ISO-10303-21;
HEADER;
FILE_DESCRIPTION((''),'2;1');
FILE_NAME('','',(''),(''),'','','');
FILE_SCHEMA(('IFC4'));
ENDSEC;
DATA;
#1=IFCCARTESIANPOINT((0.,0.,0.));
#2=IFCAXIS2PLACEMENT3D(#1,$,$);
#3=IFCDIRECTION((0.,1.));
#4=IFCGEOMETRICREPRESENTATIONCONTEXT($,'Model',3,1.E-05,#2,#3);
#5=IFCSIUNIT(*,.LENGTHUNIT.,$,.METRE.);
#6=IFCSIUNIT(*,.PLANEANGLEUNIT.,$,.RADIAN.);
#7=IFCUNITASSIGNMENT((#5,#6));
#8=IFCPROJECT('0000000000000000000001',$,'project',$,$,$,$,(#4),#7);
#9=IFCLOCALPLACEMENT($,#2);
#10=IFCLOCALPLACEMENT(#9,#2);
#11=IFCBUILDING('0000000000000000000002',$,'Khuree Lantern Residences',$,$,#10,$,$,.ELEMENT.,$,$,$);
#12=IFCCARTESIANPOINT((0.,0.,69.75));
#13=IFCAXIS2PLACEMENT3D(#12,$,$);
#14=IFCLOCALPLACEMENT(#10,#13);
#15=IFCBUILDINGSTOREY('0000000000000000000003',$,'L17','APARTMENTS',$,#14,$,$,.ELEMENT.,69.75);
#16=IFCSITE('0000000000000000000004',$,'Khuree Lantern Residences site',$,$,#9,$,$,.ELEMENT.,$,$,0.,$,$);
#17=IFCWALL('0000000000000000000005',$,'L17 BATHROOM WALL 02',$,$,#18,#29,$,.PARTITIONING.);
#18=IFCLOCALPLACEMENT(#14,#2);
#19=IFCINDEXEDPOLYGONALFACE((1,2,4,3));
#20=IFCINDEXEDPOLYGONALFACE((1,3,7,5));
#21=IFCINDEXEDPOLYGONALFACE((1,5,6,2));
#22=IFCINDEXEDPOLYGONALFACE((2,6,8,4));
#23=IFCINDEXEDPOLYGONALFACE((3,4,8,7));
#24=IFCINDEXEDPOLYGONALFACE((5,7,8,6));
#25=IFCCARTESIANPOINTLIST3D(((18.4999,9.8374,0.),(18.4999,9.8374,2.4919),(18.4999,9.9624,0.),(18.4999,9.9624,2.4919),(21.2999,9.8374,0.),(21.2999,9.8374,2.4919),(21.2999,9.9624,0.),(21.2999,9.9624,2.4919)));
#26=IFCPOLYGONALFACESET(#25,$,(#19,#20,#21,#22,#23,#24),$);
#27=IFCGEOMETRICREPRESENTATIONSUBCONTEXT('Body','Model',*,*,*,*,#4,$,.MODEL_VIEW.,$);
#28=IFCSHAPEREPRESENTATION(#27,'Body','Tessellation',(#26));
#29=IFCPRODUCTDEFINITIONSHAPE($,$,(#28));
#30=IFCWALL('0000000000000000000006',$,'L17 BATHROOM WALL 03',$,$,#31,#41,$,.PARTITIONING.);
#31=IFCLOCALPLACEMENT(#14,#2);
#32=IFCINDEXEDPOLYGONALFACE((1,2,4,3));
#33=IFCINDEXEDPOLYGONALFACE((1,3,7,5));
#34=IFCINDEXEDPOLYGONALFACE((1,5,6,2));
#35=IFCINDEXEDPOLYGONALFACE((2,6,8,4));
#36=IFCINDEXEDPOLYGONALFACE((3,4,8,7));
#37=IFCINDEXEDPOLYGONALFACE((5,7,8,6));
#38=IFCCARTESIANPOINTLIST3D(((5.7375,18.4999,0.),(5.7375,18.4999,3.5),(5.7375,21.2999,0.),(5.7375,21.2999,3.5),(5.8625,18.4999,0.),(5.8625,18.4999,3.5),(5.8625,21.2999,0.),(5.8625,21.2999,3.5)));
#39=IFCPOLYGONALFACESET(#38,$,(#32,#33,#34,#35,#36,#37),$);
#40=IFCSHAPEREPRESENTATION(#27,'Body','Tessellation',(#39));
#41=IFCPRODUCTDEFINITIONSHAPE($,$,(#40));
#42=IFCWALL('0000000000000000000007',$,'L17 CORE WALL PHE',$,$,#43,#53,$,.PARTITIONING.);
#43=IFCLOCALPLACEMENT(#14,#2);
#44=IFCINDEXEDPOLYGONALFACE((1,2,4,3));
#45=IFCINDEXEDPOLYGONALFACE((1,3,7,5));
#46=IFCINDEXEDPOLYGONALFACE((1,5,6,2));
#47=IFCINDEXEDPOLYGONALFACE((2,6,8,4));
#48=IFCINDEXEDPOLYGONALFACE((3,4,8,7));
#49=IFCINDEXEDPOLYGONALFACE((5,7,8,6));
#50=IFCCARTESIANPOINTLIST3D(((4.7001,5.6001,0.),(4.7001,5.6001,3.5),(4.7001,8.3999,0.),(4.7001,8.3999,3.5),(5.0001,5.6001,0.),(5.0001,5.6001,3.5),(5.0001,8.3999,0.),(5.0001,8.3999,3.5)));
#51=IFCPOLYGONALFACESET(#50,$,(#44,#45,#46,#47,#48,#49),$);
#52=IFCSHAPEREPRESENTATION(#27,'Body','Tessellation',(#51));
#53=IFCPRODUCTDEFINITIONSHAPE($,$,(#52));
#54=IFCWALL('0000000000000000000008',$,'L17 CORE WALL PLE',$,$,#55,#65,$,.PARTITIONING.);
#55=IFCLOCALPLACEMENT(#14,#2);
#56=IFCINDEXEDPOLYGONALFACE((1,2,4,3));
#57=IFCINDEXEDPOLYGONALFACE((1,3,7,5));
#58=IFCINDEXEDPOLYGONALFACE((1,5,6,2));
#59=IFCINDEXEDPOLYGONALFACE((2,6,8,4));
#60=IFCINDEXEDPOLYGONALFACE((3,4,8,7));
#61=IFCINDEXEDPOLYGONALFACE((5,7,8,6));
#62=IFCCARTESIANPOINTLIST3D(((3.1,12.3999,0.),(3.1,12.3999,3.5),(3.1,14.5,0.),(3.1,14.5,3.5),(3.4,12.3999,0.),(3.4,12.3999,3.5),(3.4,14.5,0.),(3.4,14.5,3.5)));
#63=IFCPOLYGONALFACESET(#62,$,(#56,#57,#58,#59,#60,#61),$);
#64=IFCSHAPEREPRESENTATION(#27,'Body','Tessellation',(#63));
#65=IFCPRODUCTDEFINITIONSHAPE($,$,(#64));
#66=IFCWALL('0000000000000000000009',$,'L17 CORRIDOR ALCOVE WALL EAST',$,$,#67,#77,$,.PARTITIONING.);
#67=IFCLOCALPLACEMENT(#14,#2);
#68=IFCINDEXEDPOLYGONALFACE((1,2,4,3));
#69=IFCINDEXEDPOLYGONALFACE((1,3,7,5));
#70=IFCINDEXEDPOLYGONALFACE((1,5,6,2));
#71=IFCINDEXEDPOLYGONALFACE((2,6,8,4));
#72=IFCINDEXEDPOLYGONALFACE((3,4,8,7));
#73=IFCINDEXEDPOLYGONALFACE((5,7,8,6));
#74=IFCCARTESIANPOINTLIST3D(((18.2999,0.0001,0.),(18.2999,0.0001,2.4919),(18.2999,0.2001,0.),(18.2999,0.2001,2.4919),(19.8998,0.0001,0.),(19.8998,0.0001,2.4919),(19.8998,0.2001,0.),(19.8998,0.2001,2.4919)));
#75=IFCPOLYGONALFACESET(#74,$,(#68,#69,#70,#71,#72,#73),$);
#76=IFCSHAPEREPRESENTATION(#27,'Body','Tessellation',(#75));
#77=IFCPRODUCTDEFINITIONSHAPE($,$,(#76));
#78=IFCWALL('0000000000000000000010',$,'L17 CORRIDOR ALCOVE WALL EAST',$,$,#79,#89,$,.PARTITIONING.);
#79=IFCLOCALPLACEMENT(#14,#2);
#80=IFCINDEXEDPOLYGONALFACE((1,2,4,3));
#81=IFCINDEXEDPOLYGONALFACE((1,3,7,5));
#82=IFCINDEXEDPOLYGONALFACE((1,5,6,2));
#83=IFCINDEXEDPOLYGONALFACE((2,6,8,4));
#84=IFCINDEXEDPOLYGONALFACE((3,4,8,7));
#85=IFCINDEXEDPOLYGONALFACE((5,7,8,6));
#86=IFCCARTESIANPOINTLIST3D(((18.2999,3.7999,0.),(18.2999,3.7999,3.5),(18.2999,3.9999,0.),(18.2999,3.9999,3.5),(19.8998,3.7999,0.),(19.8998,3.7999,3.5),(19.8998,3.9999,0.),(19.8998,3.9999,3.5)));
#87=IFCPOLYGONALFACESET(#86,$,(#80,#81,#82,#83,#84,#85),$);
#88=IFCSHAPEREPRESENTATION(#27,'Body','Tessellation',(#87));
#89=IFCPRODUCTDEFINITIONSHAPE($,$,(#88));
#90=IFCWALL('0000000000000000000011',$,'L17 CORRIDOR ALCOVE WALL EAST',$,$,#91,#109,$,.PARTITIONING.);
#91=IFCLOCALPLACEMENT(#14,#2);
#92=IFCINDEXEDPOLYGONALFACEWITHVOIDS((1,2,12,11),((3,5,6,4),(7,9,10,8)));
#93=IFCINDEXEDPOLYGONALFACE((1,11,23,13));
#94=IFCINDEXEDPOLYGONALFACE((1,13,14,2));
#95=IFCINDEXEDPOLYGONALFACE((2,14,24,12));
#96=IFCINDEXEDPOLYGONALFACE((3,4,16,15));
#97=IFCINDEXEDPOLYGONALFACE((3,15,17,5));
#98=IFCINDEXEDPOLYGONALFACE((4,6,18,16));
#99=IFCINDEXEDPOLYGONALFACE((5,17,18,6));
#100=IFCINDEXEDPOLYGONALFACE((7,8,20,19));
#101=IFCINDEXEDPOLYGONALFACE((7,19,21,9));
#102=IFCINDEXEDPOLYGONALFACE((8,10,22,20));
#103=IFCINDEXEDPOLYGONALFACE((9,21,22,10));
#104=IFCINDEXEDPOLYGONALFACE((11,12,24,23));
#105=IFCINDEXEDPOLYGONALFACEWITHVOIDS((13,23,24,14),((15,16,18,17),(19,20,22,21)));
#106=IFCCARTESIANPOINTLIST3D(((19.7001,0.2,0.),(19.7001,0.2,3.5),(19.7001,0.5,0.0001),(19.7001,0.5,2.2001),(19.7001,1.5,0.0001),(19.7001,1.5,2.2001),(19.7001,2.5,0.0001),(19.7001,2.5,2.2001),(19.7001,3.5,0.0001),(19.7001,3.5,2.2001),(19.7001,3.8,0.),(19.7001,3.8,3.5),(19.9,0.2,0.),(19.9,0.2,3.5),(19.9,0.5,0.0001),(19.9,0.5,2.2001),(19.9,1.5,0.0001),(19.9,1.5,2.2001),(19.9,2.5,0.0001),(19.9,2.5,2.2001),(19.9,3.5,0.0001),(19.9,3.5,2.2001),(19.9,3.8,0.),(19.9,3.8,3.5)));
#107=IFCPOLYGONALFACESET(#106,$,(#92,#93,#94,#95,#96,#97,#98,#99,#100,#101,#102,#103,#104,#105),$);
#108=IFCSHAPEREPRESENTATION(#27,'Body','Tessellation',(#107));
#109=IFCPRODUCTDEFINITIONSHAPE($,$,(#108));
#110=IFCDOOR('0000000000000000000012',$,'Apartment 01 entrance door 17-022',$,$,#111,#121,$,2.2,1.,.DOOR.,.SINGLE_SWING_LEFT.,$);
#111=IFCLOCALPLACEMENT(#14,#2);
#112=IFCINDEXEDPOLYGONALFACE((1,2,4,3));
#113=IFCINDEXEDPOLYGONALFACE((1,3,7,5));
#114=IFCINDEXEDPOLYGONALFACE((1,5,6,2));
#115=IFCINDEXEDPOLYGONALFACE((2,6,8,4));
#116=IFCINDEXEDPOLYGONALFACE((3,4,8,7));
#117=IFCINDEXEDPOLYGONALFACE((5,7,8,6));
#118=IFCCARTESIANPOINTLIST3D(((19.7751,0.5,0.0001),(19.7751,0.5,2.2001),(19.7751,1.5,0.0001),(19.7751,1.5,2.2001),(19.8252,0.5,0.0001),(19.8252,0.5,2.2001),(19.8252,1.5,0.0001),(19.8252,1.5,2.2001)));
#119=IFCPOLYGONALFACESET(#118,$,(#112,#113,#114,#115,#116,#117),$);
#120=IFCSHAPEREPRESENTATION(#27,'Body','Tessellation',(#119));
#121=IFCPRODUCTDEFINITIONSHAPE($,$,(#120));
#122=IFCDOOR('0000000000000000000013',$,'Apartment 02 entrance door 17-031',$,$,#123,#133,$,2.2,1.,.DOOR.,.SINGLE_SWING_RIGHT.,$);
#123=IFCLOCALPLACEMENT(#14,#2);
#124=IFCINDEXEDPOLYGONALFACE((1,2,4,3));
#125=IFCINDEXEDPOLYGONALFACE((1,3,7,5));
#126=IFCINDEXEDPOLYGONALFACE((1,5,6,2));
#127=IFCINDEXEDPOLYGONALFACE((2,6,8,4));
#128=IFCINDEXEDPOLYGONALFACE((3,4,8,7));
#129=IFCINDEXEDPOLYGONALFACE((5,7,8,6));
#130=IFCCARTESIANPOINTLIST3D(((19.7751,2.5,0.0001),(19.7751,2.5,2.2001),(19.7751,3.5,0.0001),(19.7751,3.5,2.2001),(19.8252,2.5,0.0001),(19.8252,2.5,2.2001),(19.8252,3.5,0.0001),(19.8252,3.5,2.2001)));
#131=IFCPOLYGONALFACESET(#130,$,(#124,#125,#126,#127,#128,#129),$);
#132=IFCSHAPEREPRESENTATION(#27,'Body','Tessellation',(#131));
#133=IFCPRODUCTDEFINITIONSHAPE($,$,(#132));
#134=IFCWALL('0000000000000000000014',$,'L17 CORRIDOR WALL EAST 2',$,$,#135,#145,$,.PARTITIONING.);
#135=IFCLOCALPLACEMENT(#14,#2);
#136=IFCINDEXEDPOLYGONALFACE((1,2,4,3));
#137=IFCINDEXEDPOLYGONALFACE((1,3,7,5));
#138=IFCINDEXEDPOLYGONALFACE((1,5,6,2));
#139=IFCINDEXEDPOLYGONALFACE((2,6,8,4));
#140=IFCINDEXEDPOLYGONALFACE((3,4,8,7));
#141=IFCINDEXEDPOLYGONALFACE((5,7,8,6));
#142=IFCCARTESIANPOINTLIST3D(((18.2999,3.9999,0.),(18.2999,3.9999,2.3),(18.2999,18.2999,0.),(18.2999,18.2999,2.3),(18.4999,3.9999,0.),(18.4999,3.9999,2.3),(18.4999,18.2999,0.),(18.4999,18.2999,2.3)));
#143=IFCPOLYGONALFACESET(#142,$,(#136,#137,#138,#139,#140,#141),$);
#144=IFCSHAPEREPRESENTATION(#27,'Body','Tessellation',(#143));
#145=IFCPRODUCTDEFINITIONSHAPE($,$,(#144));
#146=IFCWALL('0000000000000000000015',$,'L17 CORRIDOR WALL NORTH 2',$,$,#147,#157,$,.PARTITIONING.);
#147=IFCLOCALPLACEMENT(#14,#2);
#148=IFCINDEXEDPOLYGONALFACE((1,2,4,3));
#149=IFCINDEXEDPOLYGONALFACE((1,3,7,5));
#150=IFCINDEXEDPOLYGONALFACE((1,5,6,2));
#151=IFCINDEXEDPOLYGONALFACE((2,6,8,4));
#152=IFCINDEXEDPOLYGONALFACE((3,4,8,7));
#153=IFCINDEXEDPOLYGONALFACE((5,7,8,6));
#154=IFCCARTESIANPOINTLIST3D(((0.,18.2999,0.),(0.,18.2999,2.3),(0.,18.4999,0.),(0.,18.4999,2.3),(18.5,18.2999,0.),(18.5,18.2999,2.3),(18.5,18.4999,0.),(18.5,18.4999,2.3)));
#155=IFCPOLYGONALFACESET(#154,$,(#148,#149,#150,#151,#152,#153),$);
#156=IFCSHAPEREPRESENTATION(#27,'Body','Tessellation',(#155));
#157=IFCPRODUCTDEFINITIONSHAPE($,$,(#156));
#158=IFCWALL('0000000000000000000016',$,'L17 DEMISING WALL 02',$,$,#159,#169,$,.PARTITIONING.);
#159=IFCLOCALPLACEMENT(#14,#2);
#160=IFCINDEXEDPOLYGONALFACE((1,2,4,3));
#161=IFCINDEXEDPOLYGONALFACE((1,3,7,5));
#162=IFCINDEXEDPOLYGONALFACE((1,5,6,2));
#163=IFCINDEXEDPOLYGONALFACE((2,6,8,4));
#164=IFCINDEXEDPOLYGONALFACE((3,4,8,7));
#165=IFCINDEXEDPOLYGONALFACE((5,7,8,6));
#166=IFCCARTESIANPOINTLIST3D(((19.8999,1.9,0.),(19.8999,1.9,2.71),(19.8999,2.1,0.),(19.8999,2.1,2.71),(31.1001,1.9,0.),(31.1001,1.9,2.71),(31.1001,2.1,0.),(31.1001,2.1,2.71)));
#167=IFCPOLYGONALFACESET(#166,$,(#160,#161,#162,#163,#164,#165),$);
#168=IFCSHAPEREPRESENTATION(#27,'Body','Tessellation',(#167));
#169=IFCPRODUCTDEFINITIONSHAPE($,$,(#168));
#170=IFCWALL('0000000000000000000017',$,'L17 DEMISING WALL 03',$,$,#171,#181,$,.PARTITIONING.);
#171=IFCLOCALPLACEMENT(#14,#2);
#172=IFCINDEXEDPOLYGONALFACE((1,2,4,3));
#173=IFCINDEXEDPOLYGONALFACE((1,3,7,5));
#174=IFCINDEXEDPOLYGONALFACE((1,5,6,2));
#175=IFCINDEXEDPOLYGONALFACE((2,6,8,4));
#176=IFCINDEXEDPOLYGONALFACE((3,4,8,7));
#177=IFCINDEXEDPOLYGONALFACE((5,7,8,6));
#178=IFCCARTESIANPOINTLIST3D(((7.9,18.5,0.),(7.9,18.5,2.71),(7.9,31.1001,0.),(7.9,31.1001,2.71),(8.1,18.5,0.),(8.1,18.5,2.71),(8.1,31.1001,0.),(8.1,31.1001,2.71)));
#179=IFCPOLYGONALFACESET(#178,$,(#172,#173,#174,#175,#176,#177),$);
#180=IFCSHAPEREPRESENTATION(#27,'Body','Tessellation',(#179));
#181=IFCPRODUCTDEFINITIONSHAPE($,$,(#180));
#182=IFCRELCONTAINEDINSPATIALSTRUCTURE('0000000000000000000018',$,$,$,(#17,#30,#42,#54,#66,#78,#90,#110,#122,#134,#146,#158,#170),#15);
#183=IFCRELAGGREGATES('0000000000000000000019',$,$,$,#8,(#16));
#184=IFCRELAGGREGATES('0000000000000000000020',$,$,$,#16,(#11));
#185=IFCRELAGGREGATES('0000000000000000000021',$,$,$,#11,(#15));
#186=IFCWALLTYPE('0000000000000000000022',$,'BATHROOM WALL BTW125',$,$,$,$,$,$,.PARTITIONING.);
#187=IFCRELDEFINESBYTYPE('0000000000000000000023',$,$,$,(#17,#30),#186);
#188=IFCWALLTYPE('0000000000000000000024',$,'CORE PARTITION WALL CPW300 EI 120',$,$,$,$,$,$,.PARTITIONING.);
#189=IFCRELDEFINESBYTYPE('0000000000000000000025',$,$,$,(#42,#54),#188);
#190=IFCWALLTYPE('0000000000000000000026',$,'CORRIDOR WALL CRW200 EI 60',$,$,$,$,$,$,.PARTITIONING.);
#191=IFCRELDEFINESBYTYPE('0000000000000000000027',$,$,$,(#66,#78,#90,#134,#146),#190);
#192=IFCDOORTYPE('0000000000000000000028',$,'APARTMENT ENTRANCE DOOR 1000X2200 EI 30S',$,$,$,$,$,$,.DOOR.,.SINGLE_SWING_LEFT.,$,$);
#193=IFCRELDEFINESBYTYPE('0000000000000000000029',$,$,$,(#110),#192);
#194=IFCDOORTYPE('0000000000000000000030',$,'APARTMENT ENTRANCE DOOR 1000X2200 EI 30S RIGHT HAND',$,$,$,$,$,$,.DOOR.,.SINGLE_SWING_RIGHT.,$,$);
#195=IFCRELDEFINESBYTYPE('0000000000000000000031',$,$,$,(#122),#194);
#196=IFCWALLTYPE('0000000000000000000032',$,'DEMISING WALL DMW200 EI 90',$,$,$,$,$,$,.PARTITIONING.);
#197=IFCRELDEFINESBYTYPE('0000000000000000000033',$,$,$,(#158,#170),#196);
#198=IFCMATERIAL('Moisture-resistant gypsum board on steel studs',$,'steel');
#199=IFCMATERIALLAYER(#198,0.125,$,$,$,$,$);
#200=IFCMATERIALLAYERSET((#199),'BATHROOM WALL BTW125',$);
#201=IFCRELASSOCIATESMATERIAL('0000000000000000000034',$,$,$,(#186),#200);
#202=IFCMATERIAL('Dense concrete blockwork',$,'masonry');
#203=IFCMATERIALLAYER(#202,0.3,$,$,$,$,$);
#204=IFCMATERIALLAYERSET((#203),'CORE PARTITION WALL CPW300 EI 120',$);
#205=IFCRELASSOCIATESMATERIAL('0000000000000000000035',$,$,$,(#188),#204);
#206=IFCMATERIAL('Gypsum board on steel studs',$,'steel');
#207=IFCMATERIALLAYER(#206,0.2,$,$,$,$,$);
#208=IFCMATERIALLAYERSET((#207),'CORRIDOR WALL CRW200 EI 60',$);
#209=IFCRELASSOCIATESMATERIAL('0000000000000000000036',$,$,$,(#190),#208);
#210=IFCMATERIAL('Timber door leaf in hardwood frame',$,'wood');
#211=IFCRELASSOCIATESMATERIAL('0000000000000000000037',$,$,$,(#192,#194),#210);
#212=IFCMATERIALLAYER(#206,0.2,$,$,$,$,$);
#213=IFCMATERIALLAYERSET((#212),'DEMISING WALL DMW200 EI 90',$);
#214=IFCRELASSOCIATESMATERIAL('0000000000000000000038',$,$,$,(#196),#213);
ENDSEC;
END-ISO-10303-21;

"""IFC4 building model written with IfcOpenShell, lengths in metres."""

from ifc_helpers import new_model, si_unit, direction, frame, frame_2d, origin, place, context, subcontext, project, spatial, rectangle, extrude, material, layer, layer_set, type_object, element, fill, save


model = new_model("IFC4")

# Units and contexts
model_context = context("Model", 3, precision=1e-05, world=origin(), true_north=direction((0.0, 1.0)))
body_context = subcontext(model_context, "Body", "Model", "MODEL_VIEW")
ifc_project = project(units=[si_unit("LENGTHUNIT", "METRE"), si_unit("PLANEANGLEUNIT", "RADIAN")], contexts=[model_context])

# Site, building, storey
site_placement = place(None, origin())
site = spatial("IfcSite", under=ifc_project, at=site_placement, Name="Khuree Lantern Residences site", CompositionType="ELEMENT", RefElevation=0.0)
building_placement = place(site_placement, origin())
building = spatial("IfcBuilding", under=site, at=building_placement, Name="Khuree Lantern Residences", CompositionType="ELEMENT")
storey_placement = place(building_placement, frame((0.0, 0.0, 69.75)))
storey = spatial("IfcBuildingStorey", under=building, at=storey_placement, Name="L17", Description="APARTMENTS", CompositionType="ELEMENT", Elevation=69.75)

# Shared definitions
ifc_material_1 = material(Name="Moisture-resistant gypsum board on steel studs", Category="steel")
ifc_layer_1 = layer(ifc_material_1, 0.125)
ifc_layer_set_1 = layer_set([ifc_layer_1], Name="BATHROOM WALL BTW125")
wall_type_1 = type_object("IfcWallType", Name="BATHROOM WALL BTW125", PredefinedType="PARTITIONING", material=ifc_layer_set_1)
ifc_material_2 = material(Name="Timber door leaf in hardwood frame", Category="wood")

# Walls
wall_1_placement = place(storey_placement, frame((18.5, 9.8999, 0.0), z_axis=(0.0, 0.0, 1.0), x_axis=(1.0, 0.0, 0.0)))
element("IfcWall", 1, at=wall_1_placement, inside=storey, type_object=wall_type_1, Name="L17 BATHROOM WALL 02", PredefinedType="PARTITIONING", context=body_context, shape_type="SweptSolid", body=[
    extrude(rectangle(XDim=2.8, YDim=0.125, at=frame_2d((1.3999, 0.0))), origin(), (0.0, 0.0, 1.0), 2.4919),
])
wall_2_placement = place(storey_placement, frame((5.8, 18.5, 0.0), z_axis=(0.0, 0.0, 1.0), x_axis=(0.0, 1.0, 0.0)))
element("IfcWall", 2, at=wall_2_placement, inside=storey, type_object=wall_type_1, Name="L17 BATHROOM WALL 03", PredefinedType="PARTITIONING", context=body_context, shape_type="SweptSolid", body=[
    extrude(rectangle(XDim=2.8, YDim=0.125, at=frame_2d((1.3999, 0.0))), origin(), (0.0, 0.0, 1.0), 3.5),
])
ifc_material_3 = material(Name="Dense concrete blockwork", Category="masonry")
ifc_layer_2 = layer(ifc_material_3, 0.3)
ifc_layer_set_2 = layer_set([ifc_layer_2], Name="CORE PARTITION WALL CPW300 EI 120")
wall_type_2 = type_object("IfcWallType", Name="CORE PARTITION WALL CPW300 EI 120", PredefinedType="PARTITIONING", material=ifc_layer_set_2)
wall_3_placement = place(storey_placement, frame((4.8501, 5.6001, 0.0), z_axis=(0.0, 0.0, 1.0), x_axis=(0.0, 1.0, 0.0)))
element("IfcWall", 3, at=wall_3_placement, inside=storey, type_object=wall_type_2, Name="L17 CORE WALL PHE", PredefinedType="PARTITIONING", context=body_context, shape_type="SweptSolid", body=[
    extrude(rectangle(XDim=2.7998, YDim=0.3, at=frame_2d((1.3999, 0.0))), origin(), (0.0, 0.0, 1.0), 3.5),
])
wall_4_placement = place(storey_placement, frame((3.25, 12.3999, 0.0), z_axis=(0.0, 0.0, 1.0), x_axis=(0.0, 1.0, 0.0)))
element("IfcWall", 4, at=wall_4_placement, inside=storey, type_object=wall_type_2, Name="L17 CORE WALL PLE", PredefinedType="PARTITIONING", context=body_context, shape_type="SweptSolid", body=[
    extrude(rectangle(XDim=2.1001, YDim=0.3, at=frame_2d((1.05, 0.0))), origin(), (0.0, 0.0, 1.0), 3.5),
])
ifc_material_4 = material(Name="Gypsum board on steel studs", Category="steel")
ifc_layer_3 = layer(ifc_material_4, 0.2)
ifc_layer_set_3 = layer_set([ifc_layer_3], Name="CORRIDOR WALL CRW200 EI 60")
wall_type_3 = type_object("IfcWallType", Name="CORRIDOR WALL CRW200 EI 60", PredefinedType="PARTITIONING", material=ifc_layer_set_3)
wall_5_placement = place(storey_placement, frame((18.3, 0.1001, 0.0), z_axis=(0.0, 0.0, 1.0), x_axis=(1.0, 0.0, 0.0)))
element("IfcWall", 5, at=wall_5_placement, inside=storey, type_object=wall_type_3, Name="L17 CORRIDOR ALCOVE WALL EAST", PredefinedType="PARTITIONING", context=body_context, shape_type="SweptSolid", body=[
    extrude(rectangle(XDim=1.5999, YDim=0.2, at=frame_2d((0.7998, 0.0))), origin(), (0.0, 0.0, 1.0), 2.4919),
])
wall_6_placement = place(storey_placement, frame((18.3, 3.8999, 0.0), z_axis=(0.0, 0.0, 1.0), x_axis=(1.0, 0.0, 0.0)))
element("IfcWall", 6, at=wall_6_placement, inside=storey, type_object=wall_type_3, Name="L17 CORRIDOR ALCOVE WALL EAST", PredefinedType="PARTITIONING", context=body_context, shape_type="SweptSolid", body=[
    extrude(rectangle(XDim=1.5999, YDim=0.2, at=frame_2d((0.7998, 0.0))), origin(), (0.0, 0.0, 1.0), 3.5),
])

# Wall, openings, doors
wall_7_placement = place(storey_placement, frame((19.8, 0.2, 0.0), z_axis=(0.0, 0.0, 1.0), x_axis=(0.0, 1.0, 0.0)))
wall_7 = element("IfcWall", 7, at=wall_7_placement, inside=storey, type_object=wall_type_3, Name="L17 CORRIDOR ALCOVE WALL EAST", PredefinedType="PARTITIONING", context=body_context, shape_type="SweptSolid", body=[
    extrude(rectangle(XDim=3.6001, YDim=0.2, at=frame_2d((1.8, 0.0))), origin(), (0.0, 0.0, 1.0), 3.5),
])
opening_1_placement = place(wall_7_placement, frame((0.3, 0.0, 0.0)))
opening_1 = element("IfcOpeningElement", 8, at=opening_1_placement, cuts=wall_7, PredefinedType="OPENING", context=body_context, shape_type="SweptSolid", body=[
    extrude(rectangle(XDim=1.0, YDim=2.2, at=frame_2d((0.5, 1.1001))), frame((0.0, 0.1099, 0.0), z_axis=(0.0, -1.0, 0.0), x_axis=(1.0, 0.0, 0.0)), (0.0, 0.0, 1.0), 0.22),
])
opening_2_placement = place(wall_7_placement, frame((2.3, 0.0, 0.0)))
opening_2 = element("IfcOpeningElement", 9, at=opening_2_placement, cuts=wall_7, PredefinedType="OPENING", context=body_context, shape_type="SweptSolid", body=[
    extrude(rectangle(XDim=1.0, YDim=2.2, at=frame_2d((0.5, 1.1001))), frame((0.0, 0.1099, 0.0), z_axis=(0.0, -1.0, 0.0), x_axis=(1.0, 0.0, 0.0)), (0.0, 0.0, 1.0), 0.22),
])
door_type_1 = type_object("IfcDoorType", Name="APARTMENT ENTRANCE DOOR 1000X2200 EI 30S", OperationType="SINGLE_SWING_LEFT", PredefinedType="DOOR", material=ifc_material_2)
door_1_placement = place(opening_1_placement, origin())
door_1 = element("IfcDoor", 10, at=door_1_placement, inside=storey, type_object=door_type_1, Name="Apartment 01 entrance door 17-022", OperationType="SINGLE_SWING_LEFT", OverallHeight=2.2, OverallWidth=1.0, PredefinedType="DOOR", context=body_context, shape_type="SweptSolid", body=[
    extrude(rectangle(XDim=1.0, YDim=2.2, at=frame_2d((0.5, 1.1001))), frame((0.0, 0.0249, 0.0), z_axis=(0.0, -1.0, 0.0), x_axis=(1.0, 0.0, 0.0)), (0.0, 0.0, 1.0), 0.05),
])
fill(opening_1, door_1)
door_type_2 = type_object("IfcDoorType", Name="APARTMENT ENTRANCE DOOR 1000X2200 EI 30S RIGHT HAND", OperationType="SINGLE_SWING_RIGHT", PredefinedType="DOOR", material=ifc_material_2)
door_2_placement = place(opening_2_placement, origin())
door_2 = element("IfcDoor", 11, at=door_2_placement, inside=storey, type_object=door_type_2, Name="Apartment 02 entrance door 17-031", OperationType="SINGLE_SWING_RIGHT", OverallHeight=2.2, OverallWidth=1.0, PredefinedType="DOOR", context=body_context, shape_type="SweptSolid", body=[
    extrude(rectangle(XDim=1.0, YDim=2.2, at=frame_2d((0.5, 1.1001))), frame((0.0, 0.0249, 0.0), z_axis=(0.0, -1.0, 0.0), x_axis=(1.0, 0.0, 0.0)), (0.0, 0.0, 1.0), 0.05),
])
fill(opening_2, door_2)

# Walls
wall_8_placement = place(storey_placement, frame((18.3999, 4.0, 0.0), z_axis=(0.0, 0.0, 1.0), x_axis=(0.0, 1.0, 0.0)))
element("IfcWall", 12, at=wall_8_placement, inside=storey, type_object=wall_type_3, Name="L17 CORRIDOR WALL EAST 2", PredefinedType="PARTITIONING", context=body_context, shape_type="SweptSolid", body=[
    extrude(rectangle(XDim=14.3, YDim=0.2, at=frame_2d((7.1499, 0.0))), origin(), (0.0, 0.0, 1.0), 2.3),
])
wall_9_placement = place(storey_placement, frame((0.0, 18.3999, 0.0), z_axis=(0.0, 0.0, 1.0), x_axis=(1.0, 0.0, 0.0)))
element("IfcWall", 13, at=wall_9_placement, inside=storey, type_object=wall_type_3, Name="L17 CORRIDOR WALL NORTH 2", PredefinedType="PARTITIONING", context=body_context, shape_type="SweptSolid", body=[
    extrude(rectangle(XDim=18.5, YDim=0.2, at=frame_2d((9.25, 0.0))), origin(), (0.0, 0.0, 1.0), 2.3),
])
ifc_layer_4 = layer(ifc_material_4, 0.2)
ifc_layer_set_4 = layer_set([ifc_layer_4], Name="DEMISING WALL DMW200 EI 90")
wall_type_4 = type_object("IfcWallType", Name="DEMISING WALL DMW200 EI 90", PredefinedType="PARTITIONING", material=ifc_layer_set_4)
wall_10_placement = place(storey_placement, frame((19.8999, 2.0, 0.0), z_axis=(0.0, 0.0, 1.0), x_axis=(1.0, 0.0, 0.0)))
element("IfcWall", 14, at=wall_10_placement, inside=storey, type_object=wall_type_4, Name="L17 DEMISING WALL 02", PredefinedType="PARTITIONING", context=body_context, shape_type="SweptSolid", body=[
    extrude(rectangle(XDim=11.2002, YDim=0.2, at=frame_2d((5.6001, 0.0))), origin(), (0.0, 0.0, 1.0), 2.71),
])
wall_11_placement = place(storey_placement, frame((8.0, 18.5, 0.0), z_axis=(0.0, 0.0, 1.0), x_axis=(0.0, 1.0, 0.0)))
element("IfcWall", 15, at=wall_11_placement, inside=storey, type_object=wall_type_4, Name="L17 DEMISING WALL 03", PredefinedType="PARTITIONING", context=body_context, shape_type="SweptSolid", body=[
    extrude(rectangle(XDim=12.6001, YDim=0.2, at=frame_2d((6.3, 0.0))), origin(), (0.0, 0.0, 1.0), 2.71),
])

save(model, "model.ifc")
